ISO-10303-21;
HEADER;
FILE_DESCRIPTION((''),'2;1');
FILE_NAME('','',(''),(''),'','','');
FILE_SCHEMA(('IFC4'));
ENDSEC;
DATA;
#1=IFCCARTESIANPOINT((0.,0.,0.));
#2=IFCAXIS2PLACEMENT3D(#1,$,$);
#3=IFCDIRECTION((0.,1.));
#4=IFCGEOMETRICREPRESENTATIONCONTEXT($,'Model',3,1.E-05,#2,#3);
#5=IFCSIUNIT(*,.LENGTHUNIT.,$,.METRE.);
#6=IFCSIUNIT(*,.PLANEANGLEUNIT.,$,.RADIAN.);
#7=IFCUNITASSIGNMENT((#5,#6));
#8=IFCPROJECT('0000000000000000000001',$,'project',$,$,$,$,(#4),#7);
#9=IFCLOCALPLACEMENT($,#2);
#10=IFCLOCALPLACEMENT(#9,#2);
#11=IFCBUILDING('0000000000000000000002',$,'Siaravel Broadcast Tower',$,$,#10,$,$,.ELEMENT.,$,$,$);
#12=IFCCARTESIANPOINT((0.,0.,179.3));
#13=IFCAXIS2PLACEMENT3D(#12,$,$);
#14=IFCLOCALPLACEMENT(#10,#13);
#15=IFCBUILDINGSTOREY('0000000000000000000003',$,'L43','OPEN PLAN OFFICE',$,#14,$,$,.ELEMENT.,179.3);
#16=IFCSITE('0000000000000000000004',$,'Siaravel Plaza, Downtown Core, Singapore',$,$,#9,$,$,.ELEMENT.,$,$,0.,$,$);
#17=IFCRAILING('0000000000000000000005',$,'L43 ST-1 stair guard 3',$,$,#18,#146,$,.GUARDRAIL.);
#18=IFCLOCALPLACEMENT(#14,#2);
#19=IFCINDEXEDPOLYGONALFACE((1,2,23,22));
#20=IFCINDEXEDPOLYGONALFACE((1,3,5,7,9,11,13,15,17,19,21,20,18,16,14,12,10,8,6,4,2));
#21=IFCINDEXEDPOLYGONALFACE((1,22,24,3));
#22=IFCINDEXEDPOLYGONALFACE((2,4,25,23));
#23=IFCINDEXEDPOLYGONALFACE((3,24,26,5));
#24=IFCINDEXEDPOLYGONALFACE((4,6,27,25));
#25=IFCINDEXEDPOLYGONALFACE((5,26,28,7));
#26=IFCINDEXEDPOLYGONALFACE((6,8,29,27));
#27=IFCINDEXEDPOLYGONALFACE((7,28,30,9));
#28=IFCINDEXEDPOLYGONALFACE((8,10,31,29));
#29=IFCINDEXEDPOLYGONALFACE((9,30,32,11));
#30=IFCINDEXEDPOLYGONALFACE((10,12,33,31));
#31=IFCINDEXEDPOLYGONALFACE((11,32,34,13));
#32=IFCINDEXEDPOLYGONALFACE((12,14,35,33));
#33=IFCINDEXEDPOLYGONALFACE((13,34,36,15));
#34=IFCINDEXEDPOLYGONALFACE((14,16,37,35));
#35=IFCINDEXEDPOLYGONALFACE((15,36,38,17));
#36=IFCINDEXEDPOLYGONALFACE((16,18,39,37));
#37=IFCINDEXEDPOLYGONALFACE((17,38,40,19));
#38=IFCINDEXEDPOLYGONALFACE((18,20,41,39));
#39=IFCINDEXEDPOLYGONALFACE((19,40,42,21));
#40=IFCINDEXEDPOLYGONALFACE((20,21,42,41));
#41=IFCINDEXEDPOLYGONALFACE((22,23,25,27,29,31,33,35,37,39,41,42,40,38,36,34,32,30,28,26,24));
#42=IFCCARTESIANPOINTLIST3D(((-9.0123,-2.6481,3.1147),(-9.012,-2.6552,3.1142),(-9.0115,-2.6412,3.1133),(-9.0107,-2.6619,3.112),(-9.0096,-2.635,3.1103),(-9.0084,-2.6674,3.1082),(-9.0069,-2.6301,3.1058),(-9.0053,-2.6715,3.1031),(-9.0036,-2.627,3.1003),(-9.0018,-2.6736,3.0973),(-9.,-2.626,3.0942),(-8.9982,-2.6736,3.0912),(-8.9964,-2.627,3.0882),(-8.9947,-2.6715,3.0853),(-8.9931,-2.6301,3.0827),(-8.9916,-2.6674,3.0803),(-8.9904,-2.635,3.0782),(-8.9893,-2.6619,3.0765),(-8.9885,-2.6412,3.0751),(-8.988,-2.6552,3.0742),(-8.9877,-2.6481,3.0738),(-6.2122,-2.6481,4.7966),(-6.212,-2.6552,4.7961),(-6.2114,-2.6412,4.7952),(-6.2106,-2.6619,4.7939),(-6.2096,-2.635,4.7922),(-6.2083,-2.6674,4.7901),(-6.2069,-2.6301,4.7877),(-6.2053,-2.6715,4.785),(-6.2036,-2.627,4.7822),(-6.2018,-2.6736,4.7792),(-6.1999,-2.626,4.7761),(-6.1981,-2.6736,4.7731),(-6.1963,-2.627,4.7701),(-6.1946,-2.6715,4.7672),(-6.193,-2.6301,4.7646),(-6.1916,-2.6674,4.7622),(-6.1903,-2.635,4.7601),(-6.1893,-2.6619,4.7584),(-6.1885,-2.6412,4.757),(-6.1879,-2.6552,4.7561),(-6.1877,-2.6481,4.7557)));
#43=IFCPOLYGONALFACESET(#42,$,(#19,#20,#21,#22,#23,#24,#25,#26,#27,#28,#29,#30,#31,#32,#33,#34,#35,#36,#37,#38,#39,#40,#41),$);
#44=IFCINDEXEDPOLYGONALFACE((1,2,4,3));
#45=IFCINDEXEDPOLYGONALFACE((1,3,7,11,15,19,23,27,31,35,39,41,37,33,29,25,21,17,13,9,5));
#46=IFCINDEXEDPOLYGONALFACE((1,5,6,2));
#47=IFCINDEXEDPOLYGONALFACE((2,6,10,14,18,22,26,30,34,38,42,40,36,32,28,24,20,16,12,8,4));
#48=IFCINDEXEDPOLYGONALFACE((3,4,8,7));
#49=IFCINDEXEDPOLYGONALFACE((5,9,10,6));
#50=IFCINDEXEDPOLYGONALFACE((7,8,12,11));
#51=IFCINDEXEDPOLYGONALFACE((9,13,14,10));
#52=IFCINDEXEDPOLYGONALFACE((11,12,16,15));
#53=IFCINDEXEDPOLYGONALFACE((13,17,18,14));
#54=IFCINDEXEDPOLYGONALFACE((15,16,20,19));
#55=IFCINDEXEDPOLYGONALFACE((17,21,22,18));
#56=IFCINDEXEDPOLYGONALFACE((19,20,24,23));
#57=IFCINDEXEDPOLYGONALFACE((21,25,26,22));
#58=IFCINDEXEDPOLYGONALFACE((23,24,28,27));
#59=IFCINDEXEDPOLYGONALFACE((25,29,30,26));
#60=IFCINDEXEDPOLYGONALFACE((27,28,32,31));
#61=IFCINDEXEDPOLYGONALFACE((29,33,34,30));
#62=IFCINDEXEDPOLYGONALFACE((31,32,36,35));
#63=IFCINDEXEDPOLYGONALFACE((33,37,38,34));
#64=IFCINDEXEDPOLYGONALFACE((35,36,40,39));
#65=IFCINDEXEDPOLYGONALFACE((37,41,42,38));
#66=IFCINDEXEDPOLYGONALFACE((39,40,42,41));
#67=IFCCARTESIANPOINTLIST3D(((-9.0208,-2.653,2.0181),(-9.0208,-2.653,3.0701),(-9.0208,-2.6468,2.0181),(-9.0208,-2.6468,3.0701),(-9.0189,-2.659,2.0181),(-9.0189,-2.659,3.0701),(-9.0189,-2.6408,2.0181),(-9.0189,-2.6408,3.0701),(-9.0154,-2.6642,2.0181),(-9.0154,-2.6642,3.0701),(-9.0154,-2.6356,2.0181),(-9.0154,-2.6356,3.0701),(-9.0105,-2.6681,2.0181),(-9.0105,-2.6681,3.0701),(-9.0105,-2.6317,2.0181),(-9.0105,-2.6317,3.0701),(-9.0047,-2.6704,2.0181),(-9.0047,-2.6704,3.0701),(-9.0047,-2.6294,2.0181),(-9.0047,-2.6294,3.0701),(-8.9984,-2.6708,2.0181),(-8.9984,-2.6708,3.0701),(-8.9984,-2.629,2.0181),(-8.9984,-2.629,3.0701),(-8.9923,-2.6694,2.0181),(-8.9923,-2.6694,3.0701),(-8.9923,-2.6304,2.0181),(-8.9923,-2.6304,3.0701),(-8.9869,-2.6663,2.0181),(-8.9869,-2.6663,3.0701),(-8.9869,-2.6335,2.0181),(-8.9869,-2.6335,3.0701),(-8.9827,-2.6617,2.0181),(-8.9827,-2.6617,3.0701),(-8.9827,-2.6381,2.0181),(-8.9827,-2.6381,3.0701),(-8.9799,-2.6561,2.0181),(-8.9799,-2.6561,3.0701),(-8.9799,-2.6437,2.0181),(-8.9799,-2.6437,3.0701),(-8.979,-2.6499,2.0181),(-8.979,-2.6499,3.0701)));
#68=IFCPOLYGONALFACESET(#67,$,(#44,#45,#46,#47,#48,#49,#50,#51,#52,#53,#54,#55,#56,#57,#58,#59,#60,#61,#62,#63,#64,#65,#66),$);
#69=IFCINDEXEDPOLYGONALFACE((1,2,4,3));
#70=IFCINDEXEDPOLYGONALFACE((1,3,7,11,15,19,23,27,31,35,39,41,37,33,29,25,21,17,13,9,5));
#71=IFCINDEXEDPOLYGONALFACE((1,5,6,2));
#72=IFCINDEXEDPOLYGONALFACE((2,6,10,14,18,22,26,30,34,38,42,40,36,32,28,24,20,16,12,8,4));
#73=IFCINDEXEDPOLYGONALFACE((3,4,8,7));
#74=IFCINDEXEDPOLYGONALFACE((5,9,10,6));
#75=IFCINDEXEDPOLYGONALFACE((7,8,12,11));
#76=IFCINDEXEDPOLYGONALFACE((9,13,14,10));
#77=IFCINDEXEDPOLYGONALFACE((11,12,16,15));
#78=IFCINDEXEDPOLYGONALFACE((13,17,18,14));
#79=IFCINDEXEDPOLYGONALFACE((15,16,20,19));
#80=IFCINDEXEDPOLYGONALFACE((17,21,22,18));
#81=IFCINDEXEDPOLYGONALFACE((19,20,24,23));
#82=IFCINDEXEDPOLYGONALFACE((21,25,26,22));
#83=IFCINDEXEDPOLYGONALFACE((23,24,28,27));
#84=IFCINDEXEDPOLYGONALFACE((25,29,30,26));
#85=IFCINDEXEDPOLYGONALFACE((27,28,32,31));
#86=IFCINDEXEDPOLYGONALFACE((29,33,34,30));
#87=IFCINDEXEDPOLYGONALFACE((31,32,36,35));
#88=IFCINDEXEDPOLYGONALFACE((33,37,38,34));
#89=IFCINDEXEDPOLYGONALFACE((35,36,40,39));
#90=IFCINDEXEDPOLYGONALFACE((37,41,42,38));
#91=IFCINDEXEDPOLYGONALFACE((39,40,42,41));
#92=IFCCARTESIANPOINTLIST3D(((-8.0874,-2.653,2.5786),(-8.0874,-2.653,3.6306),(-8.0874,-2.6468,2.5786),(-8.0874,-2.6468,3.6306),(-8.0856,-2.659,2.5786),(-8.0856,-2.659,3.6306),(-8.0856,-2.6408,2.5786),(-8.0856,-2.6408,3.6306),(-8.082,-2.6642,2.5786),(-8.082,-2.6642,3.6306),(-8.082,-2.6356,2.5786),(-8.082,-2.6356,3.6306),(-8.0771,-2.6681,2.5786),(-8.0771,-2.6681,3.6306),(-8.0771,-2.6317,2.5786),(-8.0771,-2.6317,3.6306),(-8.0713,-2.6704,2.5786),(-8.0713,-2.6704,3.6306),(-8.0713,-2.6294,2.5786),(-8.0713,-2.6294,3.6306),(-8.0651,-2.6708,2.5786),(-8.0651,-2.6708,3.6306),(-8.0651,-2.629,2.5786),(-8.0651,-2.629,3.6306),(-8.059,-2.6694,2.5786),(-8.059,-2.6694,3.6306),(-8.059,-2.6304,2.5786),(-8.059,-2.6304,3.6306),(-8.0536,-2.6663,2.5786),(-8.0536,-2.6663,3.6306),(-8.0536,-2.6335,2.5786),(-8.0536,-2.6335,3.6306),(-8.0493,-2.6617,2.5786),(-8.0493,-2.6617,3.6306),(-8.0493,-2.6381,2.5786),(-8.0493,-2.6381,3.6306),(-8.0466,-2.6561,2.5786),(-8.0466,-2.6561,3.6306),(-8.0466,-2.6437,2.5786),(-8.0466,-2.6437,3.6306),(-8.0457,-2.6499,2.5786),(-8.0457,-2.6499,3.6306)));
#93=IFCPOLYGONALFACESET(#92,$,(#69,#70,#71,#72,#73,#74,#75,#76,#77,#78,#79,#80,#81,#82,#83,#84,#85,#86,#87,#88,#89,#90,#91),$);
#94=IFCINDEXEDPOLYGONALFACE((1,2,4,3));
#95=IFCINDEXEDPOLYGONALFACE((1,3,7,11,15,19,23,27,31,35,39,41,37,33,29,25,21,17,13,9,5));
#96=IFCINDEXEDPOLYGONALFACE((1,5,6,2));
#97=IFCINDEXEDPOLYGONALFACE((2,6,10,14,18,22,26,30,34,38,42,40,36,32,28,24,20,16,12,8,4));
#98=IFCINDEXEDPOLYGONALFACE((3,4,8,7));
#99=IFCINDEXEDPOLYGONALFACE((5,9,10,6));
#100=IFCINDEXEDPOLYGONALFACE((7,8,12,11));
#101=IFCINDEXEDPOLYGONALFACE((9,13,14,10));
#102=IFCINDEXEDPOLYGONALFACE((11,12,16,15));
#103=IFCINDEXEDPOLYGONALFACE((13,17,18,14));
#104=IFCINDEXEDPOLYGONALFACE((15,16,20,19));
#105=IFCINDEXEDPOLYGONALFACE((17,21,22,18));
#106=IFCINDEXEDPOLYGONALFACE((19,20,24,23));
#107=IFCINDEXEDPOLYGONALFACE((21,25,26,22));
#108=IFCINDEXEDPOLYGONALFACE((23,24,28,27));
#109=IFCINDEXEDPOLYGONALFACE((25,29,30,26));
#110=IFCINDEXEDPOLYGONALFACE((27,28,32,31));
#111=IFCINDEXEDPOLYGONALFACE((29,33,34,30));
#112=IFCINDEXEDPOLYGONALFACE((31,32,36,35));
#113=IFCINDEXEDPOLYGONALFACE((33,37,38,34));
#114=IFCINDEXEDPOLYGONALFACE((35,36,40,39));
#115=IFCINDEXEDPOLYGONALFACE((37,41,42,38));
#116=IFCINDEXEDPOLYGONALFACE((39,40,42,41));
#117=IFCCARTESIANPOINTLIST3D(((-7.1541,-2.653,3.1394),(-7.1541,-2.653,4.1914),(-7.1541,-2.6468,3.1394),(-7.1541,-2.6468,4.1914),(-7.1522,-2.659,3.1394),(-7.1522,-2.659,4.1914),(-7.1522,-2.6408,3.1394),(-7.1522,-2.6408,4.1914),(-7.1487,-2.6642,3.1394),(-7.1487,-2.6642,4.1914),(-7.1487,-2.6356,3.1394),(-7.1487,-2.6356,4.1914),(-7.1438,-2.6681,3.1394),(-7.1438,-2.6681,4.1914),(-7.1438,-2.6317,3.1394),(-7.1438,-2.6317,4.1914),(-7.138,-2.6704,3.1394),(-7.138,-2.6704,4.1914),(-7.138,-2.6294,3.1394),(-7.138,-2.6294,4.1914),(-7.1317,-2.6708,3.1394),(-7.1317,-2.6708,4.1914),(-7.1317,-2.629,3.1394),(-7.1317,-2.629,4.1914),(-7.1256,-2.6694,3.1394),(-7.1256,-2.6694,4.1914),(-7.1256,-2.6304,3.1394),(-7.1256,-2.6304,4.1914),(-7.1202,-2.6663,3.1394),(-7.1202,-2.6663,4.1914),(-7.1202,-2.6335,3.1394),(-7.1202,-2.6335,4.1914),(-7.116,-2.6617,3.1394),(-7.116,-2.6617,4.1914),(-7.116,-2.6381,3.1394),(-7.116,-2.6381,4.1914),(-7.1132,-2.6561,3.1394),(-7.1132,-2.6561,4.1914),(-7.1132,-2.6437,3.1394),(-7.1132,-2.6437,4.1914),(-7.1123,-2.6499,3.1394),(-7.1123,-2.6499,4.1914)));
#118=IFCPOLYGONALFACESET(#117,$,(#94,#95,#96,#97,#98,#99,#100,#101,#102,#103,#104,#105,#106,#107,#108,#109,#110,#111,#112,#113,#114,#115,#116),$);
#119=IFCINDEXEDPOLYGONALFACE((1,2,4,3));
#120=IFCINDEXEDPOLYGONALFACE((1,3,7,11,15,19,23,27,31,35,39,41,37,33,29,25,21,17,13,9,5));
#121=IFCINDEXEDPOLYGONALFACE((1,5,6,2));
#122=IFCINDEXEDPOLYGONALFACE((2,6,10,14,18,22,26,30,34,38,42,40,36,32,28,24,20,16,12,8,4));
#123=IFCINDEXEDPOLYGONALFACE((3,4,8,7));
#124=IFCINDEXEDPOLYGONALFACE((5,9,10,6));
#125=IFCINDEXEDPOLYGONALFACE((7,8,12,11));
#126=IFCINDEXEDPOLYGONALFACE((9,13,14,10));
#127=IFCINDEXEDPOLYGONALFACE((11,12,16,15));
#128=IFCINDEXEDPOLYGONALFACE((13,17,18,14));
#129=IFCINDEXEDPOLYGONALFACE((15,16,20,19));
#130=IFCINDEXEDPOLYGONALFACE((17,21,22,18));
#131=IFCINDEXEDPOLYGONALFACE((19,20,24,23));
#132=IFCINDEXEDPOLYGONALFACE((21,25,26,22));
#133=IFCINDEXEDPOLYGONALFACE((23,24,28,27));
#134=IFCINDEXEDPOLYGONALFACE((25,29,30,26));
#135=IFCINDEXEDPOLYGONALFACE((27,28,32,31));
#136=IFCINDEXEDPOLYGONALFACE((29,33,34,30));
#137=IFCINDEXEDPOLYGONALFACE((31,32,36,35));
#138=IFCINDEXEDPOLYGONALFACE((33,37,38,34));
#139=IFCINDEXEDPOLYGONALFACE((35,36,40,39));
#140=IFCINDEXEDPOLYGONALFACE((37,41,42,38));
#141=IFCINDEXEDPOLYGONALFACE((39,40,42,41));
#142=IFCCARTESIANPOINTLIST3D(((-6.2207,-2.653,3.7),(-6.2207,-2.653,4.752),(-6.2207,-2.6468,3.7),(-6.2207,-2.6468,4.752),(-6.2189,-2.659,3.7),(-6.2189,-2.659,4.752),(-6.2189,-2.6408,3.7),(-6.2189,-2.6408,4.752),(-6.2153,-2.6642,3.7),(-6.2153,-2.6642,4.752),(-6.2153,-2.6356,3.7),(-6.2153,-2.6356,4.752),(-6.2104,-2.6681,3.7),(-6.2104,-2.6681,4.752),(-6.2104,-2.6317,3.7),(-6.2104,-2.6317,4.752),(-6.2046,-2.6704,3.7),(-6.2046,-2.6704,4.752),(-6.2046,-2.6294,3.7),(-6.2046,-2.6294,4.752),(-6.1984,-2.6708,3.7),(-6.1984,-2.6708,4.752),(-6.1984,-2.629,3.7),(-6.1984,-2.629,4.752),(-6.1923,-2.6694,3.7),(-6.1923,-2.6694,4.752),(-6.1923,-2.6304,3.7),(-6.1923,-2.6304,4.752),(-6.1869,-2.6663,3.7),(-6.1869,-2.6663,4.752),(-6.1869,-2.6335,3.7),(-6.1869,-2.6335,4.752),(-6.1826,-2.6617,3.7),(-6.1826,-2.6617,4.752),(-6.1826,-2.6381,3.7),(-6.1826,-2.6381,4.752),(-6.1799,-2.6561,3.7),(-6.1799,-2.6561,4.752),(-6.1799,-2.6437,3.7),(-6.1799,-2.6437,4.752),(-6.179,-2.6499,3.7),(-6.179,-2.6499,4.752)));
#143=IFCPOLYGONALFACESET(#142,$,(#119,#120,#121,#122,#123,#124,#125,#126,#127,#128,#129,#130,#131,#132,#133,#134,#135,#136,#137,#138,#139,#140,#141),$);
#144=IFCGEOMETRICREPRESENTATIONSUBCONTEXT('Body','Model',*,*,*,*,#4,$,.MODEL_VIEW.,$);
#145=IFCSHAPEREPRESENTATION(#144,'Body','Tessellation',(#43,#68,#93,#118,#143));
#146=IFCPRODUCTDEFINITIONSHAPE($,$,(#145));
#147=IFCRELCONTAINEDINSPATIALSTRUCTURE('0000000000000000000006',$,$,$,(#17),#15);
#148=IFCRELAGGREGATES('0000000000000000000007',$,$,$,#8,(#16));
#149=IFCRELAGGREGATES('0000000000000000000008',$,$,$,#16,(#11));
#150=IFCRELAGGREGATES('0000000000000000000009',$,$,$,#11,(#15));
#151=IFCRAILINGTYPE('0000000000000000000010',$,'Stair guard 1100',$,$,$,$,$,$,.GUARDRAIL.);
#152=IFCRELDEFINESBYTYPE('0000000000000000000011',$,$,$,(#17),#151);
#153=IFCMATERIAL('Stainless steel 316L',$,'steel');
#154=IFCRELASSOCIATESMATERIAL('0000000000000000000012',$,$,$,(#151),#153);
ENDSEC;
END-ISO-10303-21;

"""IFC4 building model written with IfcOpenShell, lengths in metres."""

from ifc_helpers import new_model, si_unit, direction, frame, origin, origin_2d, place, context, subcontext, project, spatial, circle, extrude, material, type_object, element, save


model = new_model("IFC4")

# Units and contexts
model_context = context("Model", 3, precision=1e-05, world=origin(), true_north=direction((0.0, 1.0)))
body_context = subcontext(model_context, "Body", "Model", "MODEL_VIEW")
ifc_project = project(units=[si_unit("LENGTHUNIT", "METRE"), si_unit("PLANEANGLEUNIT", "RADIAN")], contexts=[model_context])

# Site, building, storey
site_placement = place(None, origin())
site = spatial("IfcSite", under=ifc_project, at=site_placement, Name="Siaravel Plaza, Downtown Core, Singapore", CompositionType="ELEMENT", RefElevation=0.0)
building_placement = place(site_placement, origin())
building = spatial("IfcBuilding", under=site, at=building_placement, Name="Siaravel Broadcast Tower", CompositionType="ELEMENT")
storey_placement = place(building_placement, frame((0.0, 0.0, 179.3)))
storey = spatial("IfcBuildingStorey", under=building, at=storey_placement, Name="L43", Description="OPEN PLAN OFFICE", CompositionType="ELEMENT", Elevation=179.3)

# Railing
ifc_material_1 = material(Name="Stainless steel 316L", Category="steel")
railing_type_1 = type_object("IfcRailingType", Name="Stair guard 1100", PredefinedType="GUARDRAIL", material=ifc_material_1)
railing_1_placement = place(storey_placement, frame((-9.0, -2.6499, 2.0181)))
element("IfcRailing", 1, at=railing_1_placement, inside=storey, type_object=railing_type_1, Name="L43 ST-1 stair guard 3", PredefinedType="GUARDRAIL", context=body_context, shape_type="SweptSolid", body=[
    extrude(circle(Radius=0.0239, at=origin_2d()), frame((0.0, 0.0, 1.0762), z_axis=(0.857242, 0.0, 0.514913), x_axis=(0.0, 1.0, 0.0)), (0.0, 0.0, 1.0), 3.2664),
    extrude(circle(Radius=0.021, at=origin_2d()), origin(), (0.0, 0.0, 1.0), 1.052),
    extrude(circle(Radius=0.021, at=origin_2d()), frame((0.9333, 0.0, 0.5605)), (0.0, 0.0, 1.0), 1.052),
    extrude(circle(Radius=0.021, at=origin_2d()), frame((1.8667, 0.0, 1.1213)), (0.0, 0.0, 1.0), 1.052),
    extrude(circle(Radius=0.021, at=origin_2d()), frame((2.8, 0.0, 1.6819)), (0.0, 0.0, 1.0), 1.052),
])

save(model, "model.ifc")
